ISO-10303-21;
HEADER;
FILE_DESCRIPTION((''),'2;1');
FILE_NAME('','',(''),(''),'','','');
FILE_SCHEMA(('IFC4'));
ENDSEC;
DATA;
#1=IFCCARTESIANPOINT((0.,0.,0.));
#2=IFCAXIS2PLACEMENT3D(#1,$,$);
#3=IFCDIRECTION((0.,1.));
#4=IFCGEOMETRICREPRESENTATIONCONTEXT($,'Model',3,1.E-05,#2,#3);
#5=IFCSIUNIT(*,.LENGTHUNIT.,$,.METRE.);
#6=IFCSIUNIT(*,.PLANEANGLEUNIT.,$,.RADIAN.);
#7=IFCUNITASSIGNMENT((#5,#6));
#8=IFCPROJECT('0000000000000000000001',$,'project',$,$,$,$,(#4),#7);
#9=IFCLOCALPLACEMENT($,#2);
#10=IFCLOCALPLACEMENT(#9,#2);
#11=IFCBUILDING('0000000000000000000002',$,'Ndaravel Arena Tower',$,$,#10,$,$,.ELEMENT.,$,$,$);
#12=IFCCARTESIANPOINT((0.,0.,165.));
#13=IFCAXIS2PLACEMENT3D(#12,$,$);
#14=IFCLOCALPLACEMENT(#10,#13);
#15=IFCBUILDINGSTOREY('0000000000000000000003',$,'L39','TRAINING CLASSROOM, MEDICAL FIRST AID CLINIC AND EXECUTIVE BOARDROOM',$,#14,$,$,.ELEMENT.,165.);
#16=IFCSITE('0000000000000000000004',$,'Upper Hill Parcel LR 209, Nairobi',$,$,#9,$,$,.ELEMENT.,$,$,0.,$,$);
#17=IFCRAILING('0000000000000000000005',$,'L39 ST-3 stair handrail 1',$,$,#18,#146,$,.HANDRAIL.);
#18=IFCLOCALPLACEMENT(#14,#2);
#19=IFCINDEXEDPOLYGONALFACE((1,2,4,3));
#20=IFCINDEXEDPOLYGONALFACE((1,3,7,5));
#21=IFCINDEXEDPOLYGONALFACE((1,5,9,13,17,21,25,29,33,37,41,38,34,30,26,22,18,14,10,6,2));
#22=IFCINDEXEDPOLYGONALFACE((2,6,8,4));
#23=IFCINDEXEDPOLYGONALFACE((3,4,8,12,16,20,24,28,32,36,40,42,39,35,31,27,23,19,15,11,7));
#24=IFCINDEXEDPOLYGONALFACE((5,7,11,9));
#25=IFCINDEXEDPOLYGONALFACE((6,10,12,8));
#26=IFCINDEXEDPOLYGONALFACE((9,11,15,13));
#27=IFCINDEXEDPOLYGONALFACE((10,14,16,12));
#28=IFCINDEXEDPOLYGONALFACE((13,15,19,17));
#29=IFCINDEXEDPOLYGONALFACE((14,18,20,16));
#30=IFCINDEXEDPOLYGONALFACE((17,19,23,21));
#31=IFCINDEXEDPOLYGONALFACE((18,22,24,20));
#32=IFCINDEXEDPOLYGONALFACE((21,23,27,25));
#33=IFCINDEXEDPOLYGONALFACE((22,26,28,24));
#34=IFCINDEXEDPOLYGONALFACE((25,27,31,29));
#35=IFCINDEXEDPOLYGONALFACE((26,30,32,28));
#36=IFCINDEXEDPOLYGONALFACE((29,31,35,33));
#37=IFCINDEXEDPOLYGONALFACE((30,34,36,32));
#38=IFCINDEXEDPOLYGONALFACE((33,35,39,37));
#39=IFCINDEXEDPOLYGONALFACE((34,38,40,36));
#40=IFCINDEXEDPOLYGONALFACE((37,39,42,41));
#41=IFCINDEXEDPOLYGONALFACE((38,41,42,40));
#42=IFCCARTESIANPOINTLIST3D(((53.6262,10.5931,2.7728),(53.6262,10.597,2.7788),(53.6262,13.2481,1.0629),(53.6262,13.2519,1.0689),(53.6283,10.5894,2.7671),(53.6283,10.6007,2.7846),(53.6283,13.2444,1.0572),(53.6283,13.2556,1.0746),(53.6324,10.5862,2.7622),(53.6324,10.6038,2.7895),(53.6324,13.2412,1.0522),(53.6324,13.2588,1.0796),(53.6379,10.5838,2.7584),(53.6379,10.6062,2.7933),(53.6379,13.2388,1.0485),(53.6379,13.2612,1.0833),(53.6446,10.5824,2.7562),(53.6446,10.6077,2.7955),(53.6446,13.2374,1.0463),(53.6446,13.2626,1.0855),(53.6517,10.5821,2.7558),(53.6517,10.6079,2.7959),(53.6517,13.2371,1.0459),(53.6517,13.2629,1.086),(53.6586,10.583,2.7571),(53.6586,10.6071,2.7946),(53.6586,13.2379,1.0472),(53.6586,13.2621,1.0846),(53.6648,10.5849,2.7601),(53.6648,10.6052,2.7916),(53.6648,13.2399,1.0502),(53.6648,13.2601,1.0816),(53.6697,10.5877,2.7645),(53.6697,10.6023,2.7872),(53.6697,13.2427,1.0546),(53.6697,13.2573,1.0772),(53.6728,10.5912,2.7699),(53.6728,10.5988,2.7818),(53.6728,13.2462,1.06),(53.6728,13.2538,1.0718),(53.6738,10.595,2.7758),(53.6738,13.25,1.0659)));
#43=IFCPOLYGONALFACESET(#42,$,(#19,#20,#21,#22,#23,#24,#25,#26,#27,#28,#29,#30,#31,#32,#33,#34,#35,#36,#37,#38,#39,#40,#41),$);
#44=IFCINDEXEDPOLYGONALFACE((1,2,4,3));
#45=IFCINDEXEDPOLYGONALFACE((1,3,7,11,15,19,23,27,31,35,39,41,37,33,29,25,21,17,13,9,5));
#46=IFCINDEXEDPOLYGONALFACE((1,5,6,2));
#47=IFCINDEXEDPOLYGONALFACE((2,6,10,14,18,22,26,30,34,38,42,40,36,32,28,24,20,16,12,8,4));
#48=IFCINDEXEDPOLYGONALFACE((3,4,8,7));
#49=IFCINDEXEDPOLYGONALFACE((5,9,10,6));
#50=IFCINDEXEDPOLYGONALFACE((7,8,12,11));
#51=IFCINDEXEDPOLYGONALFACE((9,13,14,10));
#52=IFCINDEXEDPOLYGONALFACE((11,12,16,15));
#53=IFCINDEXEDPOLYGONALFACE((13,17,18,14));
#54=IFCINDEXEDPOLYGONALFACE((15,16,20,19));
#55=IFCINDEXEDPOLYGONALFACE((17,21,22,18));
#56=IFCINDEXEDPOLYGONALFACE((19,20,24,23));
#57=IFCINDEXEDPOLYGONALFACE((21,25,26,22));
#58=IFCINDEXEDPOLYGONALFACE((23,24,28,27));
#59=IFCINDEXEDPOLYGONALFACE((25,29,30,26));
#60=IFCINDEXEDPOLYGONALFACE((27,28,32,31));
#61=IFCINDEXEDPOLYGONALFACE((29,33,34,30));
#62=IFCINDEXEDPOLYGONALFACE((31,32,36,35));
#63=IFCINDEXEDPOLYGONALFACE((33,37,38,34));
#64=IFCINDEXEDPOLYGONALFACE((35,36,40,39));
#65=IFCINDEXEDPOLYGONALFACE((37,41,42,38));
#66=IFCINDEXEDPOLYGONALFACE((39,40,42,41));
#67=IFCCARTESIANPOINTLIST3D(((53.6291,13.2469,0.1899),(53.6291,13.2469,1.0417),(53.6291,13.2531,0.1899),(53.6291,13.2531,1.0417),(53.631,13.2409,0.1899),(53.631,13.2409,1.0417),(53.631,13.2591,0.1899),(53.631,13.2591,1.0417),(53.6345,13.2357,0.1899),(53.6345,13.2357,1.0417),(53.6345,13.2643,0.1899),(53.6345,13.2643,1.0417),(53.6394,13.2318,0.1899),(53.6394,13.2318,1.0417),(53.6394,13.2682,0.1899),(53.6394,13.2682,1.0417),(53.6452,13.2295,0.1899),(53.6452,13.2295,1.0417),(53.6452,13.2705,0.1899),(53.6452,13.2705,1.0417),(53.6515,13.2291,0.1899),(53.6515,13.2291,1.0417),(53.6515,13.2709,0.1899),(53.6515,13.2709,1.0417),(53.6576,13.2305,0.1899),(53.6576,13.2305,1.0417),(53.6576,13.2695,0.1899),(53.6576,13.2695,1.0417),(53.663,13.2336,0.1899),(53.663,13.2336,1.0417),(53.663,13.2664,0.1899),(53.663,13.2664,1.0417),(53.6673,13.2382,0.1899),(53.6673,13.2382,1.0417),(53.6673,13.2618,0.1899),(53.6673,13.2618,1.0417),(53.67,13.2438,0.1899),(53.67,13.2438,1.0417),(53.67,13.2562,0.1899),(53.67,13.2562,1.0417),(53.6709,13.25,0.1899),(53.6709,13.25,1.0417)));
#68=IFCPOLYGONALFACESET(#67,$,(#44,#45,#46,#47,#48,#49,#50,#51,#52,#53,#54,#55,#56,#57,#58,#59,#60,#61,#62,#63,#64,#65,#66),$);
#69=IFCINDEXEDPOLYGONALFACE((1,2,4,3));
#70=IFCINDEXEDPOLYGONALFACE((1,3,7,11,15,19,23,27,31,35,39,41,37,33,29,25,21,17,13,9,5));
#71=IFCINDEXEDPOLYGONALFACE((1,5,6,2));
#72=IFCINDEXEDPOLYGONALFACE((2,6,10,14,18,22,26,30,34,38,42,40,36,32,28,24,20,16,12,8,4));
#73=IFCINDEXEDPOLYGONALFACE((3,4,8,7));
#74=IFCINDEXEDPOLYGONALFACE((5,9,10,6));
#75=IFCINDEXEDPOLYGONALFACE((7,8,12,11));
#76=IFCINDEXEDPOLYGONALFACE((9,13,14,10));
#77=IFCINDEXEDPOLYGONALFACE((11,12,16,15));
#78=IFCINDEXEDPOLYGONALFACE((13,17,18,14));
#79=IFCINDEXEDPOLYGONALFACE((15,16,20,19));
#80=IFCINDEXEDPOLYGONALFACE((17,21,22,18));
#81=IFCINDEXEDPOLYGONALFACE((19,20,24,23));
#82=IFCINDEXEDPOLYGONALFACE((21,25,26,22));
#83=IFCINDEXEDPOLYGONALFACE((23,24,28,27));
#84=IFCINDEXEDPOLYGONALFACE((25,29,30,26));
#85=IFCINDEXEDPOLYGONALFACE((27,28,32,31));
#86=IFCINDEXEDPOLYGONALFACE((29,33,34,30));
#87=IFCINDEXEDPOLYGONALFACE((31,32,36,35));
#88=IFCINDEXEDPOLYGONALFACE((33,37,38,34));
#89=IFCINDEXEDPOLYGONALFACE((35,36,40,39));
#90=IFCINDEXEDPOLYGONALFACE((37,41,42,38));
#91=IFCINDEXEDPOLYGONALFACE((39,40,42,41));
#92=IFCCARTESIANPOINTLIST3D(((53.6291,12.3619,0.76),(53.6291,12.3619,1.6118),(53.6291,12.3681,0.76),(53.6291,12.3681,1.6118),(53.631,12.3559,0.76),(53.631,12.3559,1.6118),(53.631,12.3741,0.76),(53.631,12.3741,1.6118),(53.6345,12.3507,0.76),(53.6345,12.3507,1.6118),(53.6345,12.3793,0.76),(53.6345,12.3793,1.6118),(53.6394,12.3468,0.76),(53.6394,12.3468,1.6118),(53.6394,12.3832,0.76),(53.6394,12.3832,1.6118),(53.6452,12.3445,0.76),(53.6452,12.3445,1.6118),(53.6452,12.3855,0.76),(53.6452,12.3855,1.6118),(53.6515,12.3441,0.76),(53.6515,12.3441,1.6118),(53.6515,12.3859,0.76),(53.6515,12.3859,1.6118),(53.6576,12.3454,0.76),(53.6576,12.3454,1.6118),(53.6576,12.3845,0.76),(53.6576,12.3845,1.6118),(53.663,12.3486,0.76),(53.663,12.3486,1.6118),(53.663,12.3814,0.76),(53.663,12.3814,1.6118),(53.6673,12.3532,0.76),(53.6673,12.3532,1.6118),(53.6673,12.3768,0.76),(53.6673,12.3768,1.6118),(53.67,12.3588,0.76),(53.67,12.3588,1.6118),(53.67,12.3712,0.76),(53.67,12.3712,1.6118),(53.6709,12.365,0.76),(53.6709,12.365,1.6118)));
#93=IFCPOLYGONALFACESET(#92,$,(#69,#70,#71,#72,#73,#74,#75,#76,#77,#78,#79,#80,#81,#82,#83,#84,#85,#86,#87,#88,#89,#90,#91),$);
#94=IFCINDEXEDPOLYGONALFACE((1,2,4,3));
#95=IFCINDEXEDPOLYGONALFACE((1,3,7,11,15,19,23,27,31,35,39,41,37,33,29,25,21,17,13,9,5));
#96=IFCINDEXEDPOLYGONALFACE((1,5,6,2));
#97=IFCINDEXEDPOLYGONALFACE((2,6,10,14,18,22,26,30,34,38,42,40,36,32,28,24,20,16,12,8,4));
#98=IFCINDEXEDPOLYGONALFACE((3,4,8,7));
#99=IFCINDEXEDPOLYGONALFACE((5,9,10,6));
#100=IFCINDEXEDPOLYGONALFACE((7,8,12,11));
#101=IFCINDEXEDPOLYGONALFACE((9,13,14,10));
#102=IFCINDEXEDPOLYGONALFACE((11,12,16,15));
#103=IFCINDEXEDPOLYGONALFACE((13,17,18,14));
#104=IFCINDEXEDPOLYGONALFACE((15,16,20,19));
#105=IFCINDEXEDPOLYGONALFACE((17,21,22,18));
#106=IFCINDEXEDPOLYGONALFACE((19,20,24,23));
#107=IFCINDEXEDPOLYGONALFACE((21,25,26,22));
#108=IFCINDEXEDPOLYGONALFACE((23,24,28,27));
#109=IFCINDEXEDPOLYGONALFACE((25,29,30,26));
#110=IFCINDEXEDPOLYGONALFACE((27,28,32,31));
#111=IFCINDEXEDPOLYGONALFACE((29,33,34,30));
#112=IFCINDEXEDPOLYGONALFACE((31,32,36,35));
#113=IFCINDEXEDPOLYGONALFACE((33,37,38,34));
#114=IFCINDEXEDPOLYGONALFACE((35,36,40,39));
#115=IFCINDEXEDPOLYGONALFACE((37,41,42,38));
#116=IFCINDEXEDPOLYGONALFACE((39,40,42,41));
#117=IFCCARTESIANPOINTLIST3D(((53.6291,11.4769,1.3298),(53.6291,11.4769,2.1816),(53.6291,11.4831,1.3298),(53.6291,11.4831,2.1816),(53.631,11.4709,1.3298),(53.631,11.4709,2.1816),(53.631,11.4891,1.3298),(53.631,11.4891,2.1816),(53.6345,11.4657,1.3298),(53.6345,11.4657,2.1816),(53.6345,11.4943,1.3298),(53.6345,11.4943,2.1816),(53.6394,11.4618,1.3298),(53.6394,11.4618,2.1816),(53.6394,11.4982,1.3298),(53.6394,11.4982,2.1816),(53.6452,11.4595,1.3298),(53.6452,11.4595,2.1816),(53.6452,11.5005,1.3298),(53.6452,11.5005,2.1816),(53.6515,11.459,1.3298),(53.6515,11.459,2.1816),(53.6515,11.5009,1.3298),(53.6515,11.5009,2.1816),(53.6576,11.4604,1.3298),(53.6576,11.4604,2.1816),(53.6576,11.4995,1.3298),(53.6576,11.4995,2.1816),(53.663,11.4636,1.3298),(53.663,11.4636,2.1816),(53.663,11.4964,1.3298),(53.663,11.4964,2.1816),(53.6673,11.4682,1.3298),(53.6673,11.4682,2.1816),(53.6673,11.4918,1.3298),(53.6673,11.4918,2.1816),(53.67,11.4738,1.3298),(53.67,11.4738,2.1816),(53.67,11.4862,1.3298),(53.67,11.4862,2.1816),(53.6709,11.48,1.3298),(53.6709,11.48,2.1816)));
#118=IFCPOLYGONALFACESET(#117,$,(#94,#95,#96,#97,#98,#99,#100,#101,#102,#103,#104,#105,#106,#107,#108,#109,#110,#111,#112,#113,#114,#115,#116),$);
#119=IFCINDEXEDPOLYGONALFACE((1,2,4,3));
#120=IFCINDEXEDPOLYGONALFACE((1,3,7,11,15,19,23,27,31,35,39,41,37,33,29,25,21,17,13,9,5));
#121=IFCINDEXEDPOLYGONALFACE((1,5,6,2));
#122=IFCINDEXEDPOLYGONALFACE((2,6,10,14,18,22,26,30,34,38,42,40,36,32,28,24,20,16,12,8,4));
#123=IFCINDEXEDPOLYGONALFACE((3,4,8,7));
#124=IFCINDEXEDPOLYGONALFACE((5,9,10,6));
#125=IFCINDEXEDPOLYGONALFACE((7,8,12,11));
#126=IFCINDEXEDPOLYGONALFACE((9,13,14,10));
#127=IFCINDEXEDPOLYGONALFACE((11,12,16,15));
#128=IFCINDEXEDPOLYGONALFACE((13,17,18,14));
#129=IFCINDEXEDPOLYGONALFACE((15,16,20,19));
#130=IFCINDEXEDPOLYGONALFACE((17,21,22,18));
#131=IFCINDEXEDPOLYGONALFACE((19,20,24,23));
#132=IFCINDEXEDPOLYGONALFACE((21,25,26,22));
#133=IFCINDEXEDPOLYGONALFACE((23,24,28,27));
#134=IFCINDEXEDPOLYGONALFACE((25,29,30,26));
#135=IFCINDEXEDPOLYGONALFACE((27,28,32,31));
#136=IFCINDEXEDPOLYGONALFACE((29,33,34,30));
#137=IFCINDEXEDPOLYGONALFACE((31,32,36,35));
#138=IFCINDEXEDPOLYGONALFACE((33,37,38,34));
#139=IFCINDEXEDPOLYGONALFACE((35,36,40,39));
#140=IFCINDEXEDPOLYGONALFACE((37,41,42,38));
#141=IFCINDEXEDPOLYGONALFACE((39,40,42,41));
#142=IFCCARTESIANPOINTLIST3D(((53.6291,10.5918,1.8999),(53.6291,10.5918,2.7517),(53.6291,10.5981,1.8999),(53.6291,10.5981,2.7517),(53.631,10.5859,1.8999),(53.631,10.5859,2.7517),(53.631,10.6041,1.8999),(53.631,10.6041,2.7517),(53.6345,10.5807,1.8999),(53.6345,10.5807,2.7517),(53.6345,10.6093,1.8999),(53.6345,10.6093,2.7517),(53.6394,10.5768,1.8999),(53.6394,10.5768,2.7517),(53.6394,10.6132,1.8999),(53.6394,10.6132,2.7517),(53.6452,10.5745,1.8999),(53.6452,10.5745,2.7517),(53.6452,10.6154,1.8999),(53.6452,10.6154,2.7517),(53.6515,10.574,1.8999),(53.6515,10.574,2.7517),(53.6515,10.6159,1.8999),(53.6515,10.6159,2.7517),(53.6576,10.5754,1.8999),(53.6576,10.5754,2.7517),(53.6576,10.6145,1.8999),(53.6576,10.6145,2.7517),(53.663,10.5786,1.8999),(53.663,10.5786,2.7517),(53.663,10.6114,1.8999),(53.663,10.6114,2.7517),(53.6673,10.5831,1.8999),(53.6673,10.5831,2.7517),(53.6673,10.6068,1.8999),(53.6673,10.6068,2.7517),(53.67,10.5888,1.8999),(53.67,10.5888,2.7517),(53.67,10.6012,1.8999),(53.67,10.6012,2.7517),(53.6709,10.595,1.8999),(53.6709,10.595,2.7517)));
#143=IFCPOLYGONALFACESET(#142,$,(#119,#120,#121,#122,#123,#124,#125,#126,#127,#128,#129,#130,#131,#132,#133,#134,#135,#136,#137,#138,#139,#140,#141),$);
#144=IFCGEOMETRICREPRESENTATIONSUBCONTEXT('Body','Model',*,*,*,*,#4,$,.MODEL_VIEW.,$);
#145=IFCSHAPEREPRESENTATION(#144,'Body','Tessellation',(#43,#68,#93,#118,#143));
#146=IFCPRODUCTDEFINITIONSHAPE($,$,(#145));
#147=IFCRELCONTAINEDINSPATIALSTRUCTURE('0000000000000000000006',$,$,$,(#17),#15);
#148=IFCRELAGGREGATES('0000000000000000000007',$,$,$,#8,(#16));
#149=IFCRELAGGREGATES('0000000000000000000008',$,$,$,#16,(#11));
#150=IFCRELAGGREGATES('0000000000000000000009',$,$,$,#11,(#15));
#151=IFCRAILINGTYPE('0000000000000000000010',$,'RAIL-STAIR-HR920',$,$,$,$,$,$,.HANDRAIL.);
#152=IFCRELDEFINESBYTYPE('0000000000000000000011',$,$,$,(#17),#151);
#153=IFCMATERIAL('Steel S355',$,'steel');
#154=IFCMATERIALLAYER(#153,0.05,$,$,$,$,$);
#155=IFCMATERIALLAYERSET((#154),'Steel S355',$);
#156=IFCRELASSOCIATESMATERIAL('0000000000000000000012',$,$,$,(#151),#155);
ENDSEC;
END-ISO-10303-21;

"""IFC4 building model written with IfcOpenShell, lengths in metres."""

from ifc_helpers import new_model, si_unit, direction, frame, origin, origin_2d, place, context, subcontext, project, spatial, circle, extrude, material, layer, layer_set, type_object, element, save


model = new_model("IFC4")

# Units and contexts
model_context = context("Model", 3, precision=1e-05, world=origin(), true_north=direction((0.0, 1.0)))
body_context = subcontext(model_context, "Body", "Model", "MODEL_VIEW")
ifc_project = project(units=[si_unit("LENGTHUNIT", "METRE"), si_unit("PLANEANGLEUNIT", "RADIAN")], contexts=[model_context])

# Site, building, storey
site_placement = place(None, origin())
site = spatial("IfcSite", under=ifc_project, at=site_placement, Name="Upper Hill Parcel LR 209, Nairobi", CompositionType="ELEMENT", RefElevation=0.0)
building_placement = place(site_placement, origin())
building = spatial("IfcBuilding", under=site, at=building_placement, Name="Ndaravel Arena Tower", CompositionType="ELEMENT")
storey_placement = place(building_placement, frame((0.0, 0.0, 165.0)))
storey = spatial("IfcBuildingStorey", under=building, at=storey_placement, Name="L39", Description="TRAINING CLASSROOM, MEDICAL FIRST AID CLINIC AND EXECUTIVE BOARDROOM", CompositionType="ELEMENT", Elevation=165.0)

# Railing
ifc_material_1 = material(Name="Steel S355", Category="steel")
ifc_layer_1 = layer(ifc_material_1, 0.05)
ifc_layer_set_1 = layer_set([ifc_layer_1], Name="Steel S355")
railing_type_1 = type_object("IfcRailingType", Name="RAIL-STAIR-HR920", PredefinedType="HANDRAIL", material=ifc_layer_set_1)
railing_1_placement = place(storey_placement, frame((53.6499, 13.25, 0.1899)))
element("IfcRailing", 1, at=railing_1_placement, inside=storey, type_object=railing_type_1, Name="L39 ST-3 stair handrail 1", PredefinedType="HANDRAIL", context=body_context, shape_type="SweptSolid", body=[
    extrude(circle(Radius=0.0239, at=origin_2d()), frame((0.0, 0.0, 0.876), z_axis=(0.0, -0.840724, 0.541465), x_axis=(1.0, 0.0, 0.0)), (0.0, 0.0, 1.0), 3.158),
    extrude(circle(Radius=0.021, at=origin_2d()), origin(), (0.0, 0.0, 1.0), 0.8518),
    extrude(circle(Radius=0.021, at=origin_2d()), frame((0.0, -0.885, 0.5701)), (0.0, 0.0, 1.0), 0.8518),
    extrude(circle(Radius=0.021, at=origin_2d()), frame((0.0, -1.77, 1.1399)), (0.0, 0.0, 1.0), 0.8518),
    extrude(circle(Radius=0.021, at=origin_2d()), frame((0.0, -2.655, 1.71)), (0.0, 0.0, 1.0), 0.8518),
])

save(model, "model.ifc")
